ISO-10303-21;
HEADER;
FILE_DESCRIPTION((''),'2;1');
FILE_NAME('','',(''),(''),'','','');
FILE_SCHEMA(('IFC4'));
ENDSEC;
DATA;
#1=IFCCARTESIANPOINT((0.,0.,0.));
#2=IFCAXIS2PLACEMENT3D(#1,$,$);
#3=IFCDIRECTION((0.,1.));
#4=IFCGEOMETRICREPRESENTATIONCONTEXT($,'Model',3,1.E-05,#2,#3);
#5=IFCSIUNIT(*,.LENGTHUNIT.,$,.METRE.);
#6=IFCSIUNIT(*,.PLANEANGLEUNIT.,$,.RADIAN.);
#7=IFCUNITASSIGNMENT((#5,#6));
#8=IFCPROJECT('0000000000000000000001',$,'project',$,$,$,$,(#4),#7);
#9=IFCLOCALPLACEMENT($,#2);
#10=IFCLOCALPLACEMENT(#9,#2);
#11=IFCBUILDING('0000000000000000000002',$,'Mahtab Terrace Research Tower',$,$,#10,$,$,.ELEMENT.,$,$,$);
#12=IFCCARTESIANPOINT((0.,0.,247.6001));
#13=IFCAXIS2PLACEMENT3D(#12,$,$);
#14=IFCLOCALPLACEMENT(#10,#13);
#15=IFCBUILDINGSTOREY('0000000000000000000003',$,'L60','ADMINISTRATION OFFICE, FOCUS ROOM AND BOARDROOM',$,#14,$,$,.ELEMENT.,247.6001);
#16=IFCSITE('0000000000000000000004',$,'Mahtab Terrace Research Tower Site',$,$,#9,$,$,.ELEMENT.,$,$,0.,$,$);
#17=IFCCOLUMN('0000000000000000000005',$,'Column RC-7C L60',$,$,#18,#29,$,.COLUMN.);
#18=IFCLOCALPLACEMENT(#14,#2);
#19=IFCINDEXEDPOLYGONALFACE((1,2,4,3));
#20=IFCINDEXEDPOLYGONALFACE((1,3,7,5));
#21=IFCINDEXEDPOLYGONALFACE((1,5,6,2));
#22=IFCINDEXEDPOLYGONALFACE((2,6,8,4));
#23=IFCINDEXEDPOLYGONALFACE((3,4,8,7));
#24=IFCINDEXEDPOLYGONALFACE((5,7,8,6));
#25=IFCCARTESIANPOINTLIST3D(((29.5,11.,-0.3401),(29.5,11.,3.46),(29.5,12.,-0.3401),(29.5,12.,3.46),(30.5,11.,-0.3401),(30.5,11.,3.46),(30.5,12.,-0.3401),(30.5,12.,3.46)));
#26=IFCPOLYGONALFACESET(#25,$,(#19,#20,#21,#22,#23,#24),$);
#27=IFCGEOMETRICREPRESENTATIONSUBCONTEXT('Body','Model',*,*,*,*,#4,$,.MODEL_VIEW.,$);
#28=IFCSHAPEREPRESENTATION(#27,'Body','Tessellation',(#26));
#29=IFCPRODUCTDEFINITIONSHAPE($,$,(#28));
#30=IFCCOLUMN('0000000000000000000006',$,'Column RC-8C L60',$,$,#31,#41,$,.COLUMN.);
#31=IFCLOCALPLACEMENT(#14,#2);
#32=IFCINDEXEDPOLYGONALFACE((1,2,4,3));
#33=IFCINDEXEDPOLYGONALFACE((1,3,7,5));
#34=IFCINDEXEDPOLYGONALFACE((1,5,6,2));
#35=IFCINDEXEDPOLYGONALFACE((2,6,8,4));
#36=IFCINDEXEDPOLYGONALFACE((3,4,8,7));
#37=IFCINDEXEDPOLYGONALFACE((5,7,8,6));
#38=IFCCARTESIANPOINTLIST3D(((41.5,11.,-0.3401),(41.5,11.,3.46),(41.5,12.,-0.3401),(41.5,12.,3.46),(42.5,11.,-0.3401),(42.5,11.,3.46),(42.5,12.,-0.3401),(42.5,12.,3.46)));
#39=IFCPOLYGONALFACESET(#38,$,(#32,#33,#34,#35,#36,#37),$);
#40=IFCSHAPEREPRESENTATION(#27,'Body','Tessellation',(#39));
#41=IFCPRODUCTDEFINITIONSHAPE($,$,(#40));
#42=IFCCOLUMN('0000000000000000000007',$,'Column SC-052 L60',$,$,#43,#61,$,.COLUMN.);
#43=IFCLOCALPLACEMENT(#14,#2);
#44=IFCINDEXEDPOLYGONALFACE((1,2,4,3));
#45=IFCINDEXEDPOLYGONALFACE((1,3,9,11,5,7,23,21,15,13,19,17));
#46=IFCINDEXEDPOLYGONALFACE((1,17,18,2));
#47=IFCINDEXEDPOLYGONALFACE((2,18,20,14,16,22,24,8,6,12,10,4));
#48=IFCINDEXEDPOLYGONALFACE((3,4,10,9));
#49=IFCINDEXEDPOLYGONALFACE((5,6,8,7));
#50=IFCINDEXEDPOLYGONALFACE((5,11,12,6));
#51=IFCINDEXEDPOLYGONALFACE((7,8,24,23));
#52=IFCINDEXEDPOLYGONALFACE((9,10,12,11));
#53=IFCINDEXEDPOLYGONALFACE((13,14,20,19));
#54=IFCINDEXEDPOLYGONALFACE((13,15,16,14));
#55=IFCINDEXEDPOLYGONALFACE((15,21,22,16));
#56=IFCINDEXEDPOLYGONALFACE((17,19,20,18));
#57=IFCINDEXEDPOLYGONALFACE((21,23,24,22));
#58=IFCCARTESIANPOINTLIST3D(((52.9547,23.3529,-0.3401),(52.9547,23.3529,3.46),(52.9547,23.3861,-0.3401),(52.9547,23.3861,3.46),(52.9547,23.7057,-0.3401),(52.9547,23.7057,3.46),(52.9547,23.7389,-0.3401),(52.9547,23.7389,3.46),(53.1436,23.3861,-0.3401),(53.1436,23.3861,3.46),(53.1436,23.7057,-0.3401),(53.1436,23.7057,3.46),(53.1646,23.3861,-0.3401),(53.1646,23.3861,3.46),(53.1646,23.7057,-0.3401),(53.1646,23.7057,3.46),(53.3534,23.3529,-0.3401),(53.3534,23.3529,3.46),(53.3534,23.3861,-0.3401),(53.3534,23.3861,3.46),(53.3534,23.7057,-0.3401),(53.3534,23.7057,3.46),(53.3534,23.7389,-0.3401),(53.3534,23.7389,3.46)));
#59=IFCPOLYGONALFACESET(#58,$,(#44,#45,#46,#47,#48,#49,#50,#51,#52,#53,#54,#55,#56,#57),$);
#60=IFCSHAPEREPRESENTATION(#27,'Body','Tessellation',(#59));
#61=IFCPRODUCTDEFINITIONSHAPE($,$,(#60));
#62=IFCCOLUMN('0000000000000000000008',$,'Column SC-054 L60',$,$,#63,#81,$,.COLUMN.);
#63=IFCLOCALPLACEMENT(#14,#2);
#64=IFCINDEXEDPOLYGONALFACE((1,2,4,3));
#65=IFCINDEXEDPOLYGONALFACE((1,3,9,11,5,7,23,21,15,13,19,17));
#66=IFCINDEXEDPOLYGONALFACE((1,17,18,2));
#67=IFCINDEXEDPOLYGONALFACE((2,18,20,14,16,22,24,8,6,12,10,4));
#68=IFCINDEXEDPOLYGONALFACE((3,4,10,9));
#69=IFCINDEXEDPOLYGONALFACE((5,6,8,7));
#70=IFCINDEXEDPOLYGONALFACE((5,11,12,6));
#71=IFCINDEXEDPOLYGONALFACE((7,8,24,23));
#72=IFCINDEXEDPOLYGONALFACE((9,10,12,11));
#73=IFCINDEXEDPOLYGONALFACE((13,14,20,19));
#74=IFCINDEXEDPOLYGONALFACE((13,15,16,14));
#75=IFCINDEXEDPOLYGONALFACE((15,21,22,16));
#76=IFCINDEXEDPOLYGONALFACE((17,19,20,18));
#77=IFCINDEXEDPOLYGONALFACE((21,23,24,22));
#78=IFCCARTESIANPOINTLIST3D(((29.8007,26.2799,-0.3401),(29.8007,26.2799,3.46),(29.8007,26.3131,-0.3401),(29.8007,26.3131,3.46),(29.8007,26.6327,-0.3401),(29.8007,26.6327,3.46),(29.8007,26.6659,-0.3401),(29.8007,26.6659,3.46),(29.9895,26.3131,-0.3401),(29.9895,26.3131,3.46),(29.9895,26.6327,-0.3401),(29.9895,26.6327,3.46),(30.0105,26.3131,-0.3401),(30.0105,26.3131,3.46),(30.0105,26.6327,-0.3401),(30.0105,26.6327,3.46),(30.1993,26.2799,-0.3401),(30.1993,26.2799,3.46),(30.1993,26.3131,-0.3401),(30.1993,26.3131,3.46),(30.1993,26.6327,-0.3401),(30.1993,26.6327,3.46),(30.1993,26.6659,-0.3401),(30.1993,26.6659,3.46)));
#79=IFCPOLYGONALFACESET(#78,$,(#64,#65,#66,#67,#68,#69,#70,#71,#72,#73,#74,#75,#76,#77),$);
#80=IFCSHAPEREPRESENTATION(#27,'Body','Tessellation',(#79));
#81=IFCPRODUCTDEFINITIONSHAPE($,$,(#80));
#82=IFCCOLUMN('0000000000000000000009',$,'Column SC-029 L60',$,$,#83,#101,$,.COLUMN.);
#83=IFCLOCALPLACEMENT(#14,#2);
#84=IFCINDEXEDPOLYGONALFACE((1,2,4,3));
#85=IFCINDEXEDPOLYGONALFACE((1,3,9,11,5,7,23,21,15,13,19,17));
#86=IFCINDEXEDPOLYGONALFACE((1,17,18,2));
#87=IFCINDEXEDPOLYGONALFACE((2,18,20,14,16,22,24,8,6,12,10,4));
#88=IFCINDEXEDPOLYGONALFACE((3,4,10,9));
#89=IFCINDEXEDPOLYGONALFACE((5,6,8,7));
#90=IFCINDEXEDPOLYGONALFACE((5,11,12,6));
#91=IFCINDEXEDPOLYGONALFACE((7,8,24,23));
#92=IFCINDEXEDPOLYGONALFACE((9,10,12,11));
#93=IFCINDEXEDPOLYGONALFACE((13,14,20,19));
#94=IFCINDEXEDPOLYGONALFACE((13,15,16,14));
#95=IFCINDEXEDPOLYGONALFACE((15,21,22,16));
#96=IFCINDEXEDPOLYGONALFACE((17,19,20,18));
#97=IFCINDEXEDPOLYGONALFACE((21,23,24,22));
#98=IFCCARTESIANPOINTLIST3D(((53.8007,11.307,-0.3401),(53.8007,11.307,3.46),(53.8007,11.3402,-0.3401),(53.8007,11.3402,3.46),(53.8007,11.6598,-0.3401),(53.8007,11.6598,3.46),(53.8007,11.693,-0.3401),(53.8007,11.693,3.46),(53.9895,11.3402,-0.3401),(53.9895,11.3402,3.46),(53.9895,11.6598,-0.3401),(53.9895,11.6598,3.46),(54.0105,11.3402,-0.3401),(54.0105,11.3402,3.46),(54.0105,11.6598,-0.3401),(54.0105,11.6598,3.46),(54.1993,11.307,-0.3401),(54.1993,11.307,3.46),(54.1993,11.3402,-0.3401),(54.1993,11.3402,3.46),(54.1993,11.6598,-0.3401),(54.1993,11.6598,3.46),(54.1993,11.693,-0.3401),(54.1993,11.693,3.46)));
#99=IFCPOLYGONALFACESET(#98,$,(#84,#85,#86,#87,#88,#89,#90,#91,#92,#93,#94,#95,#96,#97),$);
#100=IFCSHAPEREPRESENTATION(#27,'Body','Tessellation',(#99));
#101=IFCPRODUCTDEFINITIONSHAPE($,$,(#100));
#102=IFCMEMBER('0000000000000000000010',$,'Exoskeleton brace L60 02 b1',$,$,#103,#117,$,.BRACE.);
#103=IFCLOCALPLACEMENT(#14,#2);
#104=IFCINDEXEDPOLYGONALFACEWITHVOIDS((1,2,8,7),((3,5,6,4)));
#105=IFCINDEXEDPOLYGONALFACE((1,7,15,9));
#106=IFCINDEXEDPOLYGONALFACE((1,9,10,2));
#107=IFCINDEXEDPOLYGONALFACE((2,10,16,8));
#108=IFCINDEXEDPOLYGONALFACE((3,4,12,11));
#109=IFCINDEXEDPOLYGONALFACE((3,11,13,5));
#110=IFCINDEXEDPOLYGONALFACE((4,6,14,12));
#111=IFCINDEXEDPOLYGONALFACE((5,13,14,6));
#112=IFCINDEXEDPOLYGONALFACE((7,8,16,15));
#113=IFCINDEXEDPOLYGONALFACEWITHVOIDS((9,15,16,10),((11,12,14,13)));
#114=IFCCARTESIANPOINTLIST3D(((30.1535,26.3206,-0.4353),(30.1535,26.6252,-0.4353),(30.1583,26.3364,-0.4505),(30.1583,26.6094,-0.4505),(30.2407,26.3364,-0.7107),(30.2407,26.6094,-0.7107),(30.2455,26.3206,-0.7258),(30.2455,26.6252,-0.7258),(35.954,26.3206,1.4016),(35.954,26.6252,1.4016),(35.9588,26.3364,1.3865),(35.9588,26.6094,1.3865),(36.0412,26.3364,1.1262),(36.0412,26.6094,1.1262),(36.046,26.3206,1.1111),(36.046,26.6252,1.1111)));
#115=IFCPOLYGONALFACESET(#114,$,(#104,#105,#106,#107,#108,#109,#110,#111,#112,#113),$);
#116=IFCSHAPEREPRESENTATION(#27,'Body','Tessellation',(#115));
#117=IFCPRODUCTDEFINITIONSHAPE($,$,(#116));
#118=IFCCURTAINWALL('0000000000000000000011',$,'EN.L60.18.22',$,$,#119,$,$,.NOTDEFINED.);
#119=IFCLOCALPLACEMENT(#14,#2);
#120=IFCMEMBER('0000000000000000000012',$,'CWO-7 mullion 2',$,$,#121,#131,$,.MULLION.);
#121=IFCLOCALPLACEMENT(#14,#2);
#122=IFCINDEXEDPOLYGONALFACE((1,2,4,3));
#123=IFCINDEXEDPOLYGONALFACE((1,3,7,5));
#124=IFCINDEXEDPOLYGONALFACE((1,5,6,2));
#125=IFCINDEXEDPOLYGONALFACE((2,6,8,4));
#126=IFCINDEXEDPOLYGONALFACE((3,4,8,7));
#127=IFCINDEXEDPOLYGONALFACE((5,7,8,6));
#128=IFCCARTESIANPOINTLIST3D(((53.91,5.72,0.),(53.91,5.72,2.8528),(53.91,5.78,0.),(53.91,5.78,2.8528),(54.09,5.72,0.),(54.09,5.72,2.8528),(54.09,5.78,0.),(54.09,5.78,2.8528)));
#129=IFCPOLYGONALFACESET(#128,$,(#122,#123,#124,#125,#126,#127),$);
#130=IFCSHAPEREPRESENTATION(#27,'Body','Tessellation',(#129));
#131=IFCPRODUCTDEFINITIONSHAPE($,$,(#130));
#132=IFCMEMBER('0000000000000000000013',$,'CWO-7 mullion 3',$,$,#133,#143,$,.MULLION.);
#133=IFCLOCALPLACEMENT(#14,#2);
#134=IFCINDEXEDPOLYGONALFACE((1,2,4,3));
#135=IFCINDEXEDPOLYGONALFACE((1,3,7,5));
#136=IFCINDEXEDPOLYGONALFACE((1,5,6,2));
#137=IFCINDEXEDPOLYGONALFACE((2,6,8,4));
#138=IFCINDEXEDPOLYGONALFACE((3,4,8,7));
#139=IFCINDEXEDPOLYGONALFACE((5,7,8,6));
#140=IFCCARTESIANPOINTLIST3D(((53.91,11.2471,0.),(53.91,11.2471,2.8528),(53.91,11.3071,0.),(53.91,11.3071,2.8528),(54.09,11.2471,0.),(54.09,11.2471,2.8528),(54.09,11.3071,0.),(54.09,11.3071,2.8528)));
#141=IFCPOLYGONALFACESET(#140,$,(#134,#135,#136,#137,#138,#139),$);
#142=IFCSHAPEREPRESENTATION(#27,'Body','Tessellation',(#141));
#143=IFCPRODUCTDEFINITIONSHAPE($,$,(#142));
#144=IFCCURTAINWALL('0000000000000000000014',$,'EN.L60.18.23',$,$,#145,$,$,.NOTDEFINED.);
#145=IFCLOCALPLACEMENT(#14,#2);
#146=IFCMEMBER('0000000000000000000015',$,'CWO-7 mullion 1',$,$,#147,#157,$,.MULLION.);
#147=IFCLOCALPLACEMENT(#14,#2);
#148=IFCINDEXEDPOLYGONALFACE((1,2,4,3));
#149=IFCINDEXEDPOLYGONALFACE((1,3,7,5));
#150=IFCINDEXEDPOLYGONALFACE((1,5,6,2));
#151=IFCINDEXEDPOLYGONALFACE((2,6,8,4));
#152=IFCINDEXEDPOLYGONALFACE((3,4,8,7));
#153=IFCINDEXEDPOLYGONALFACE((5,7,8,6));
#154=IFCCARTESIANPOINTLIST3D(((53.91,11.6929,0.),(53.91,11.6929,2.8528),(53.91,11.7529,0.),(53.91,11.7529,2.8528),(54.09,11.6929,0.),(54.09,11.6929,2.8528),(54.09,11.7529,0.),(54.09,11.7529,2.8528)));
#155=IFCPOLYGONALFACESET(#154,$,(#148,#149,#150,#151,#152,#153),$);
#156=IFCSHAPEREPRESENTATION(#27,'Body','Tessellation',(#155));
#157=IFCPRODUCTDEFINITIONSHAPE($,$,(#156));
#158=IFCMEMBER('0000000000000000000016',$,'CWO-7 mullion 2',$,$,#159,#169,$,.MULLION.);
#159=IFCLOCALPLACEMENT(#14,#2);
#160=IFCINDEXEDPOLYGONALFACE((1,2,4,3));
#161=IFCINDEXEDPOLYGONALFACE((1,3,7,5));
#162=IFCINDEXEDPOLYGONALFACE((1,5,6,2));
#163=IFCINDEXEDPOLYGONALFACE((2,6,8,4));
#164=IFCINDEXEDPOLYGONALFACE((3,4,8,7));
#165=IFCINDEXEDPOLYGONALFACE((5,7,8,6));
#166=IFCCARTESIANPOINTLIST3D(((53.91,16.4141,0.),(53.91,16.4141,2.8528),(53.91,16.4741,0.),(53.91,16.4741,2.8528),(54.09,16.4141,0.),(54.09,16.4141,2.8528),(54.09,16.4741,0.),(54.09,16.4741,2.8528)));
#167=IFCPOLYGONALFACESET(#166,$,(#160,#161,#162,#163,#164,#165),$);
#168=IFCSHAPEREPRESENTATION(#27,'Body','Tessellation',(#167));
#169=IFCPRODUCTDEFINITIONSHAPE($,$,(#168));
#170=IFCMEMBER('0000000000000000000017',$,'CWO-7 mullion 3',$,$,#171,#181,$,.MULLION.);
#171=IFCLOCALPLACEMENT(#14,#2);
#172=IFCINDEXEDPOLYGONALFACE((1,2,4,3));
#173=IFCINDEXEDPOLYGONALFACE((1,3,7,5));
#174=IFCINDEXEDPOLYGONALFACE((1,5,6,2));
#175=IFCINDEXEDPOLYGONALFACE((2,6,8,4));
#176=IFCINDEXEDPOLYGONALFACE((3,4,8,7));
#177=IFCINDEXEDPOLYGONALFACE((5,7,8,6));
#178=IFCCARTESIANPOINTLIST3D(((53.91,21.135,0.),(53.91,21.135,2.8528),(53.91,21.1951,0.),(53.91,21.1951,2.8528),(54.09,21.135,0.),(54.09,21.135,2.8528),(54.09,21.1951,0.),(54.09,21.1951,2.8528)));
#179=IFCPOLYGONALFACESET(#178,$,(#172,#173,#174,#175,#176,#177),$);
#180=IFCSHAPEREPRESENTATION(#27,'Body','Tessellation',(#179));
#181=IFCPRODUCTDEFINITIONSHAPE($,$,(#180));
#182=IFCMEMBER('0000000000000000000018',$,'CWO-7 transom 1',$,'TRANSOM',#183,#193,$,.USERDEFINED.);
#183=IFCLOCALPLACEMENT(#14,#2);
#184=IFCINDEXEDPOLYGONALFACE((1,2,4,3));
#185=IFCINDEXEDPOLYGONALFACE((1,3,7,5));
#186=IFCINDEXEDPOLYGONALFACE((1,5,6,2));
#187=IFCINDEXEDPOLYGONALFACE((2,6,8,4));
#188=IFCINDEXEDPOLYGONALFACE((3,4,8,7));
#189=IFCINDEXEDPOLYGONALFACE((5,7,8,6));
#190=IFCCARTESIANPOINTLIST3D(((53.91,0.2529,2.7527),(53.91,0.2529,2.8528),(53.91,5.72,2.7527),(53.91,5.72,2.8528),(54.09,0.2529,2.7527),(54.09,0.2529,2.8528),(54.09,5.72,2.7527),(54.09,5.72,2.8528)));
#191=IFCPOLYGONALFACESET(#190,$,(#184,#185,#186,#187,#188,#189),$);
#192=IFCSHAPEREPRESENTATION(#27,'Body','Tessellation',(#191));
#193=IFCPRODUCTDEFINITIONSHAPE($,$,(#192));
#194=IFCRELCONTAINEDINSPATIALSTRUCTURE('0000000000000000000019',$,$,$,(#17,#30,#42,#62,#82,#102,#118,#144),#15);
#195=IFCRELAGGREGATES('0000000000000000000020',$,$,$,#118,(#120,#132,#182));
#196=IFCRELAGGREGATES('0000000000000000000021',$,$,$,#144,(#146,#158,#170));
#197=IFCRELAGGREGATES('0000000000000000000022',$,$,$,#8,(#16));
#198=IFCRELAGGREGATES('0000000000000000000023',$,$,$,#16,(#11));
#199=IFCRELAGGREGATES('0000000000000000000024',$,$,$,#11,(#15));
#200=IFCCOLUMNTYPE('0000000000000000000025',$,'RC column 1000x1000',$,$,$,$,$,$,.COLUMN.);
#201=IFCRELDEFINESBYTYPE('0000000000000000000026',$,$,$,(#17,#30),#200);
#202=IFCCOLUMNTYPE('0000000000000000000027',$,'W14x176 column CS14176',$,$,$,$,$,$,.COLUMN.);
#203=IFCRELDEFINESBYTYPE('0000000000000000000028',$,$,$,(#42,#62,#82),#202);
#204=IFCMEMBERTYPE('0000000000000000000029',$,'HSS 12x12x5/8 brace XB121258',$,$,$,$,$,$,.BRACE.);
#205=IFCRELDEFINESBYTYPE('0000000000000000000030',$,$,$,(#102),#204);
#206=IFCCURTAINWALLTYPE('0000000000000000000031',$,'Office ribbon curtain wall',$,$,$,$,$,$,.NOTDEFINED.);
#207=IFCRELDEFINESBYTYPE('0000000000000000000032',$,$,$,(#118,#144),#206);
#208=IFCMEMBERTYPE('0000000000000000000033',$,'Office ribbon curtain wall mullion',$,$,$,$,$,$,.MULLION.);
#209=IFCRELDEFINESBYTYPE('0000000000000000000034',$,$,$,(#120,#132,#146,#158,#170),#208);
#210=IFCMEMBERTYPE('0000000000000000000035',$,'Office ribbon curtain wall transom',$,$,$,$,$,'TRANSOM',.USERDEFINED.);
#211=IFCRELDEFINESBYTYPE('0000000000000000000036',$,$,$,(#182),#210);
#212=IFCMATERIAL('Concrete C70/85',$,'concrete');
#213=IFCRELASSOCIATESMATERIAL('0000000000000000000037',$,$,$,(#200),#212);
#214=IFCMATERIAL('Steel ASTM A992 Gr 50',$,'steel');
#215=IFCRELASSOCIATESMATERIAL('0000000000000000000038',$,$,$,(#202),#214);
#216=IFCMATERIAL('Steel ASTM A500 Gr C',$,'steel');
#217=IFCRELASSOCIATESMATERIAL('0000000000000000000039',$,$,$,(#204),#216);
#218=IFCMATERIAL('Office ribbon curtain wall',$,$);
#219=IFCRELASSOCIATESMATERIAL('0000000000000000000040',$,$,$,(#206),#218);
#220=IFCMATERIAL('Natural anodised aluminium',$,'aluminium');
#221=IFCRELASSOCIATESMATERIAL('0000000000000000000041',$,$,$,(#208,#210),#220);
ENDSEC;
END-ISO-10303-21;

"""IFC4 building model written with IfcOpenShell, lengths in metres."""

from ifc_helpers import new_model, si_unit, direction, frame, origin, origin_2d, place, context, subcontext, project, spatial, rectangle, hollow_rectangle, i_section, extrude, material, material_profile, profile_set, type_object, element, aggregate, save


model = new_model("IFC4")

# Units and contexts
model_context = context("Model", 3, precision=1e-05, world=origin(), true_north=direction((0.0, 1.0)))
body_context = subcontext(model_context, "Body", "Model", "MODEL_VIEW")
ifc_project = project(units=[si_unit("LENGTHUNIT", "METRE"), si_unit("PLANEANGLEUNIT", "RADIAN")], contexts=[model_context])

# Site, building, storey
site_placement = place(None, origin())
site = spatial("IfcSite", under=ifc_project, at=site_placement, Name="Mahtab Terrace Research Tower Site", CompositionType="ELEMENT", RefElevation=0.0)
building_placement = place(site_placement, origin())
building = spatial("IfcBuilding", under=site, at=building_placement, Name="Mahtab Terrace Research Tower", CompositionType="ELEMENT")
storey_placement = place(building_placement, frame((0.0, 0.0, 247.6001)))
storey = spatial("IfcBuildingStorey", under=building, at=storey_placement, Name="L60", Description="ADMINISTRATION OFFICE, FOCUS ROOM AND BOARDROOM", CompositionType="ELEMENT", Elevation=247.6001)

# Columns
ifc_material_1 = material(Name="Concrete C70/85", Category="concrete")
ifc_material_profile_1 = material_profile(ifc_material_1, rectangle(XDim=1.0, YDim=1.0, at=origin_2d()), Name="RC column 1000x1000")
ifc_profile_set_1 = profile_set([ifc_material_profile_1], Name="Concrete C70/85")
column_type_1 = type_object("IfcColumnType", Name="RC column 1000x1000", PredefinedType="COLUMN", material=ifc_profile_set_1)
for number, where, z_axis, x_axis, name in (
    (1, (30.0, 11.5, -0.3401), (0.0, 0.0, 1.0), (1.0, 0.0, 0.0), "Column RC-7C L60"),
    (2, (42.0, 11.5, -0.3401), (0.0, 0.0, 1.0), (1.0, 0.0, 0.0), "Column RC-8C L60"),
):
    element("IfcColumn", number, at=place(storey_placement, frame(where, z_axis=z_axis, x_axis=x_axis)), inside=storey, type_object=column_type_1, Name=name, PredefinedType="COLUMN", context=body_context, shape_type="SweptSolid", body=[
        extrude(rectangle(XDim=1.0, YDim=1.0, at=origin_2d()), origin(), (0.0, 0.0, 1.0), 3.8),
    ])
ifc_material_2 = material(Name="Steel ASTM A992 Gr 50", Category="steel")
ifc_material_profile_2 = material_profile(ifc_material_2, i_section(OverallWidth=0.3987, OverallDepth=0.386, WebThickness=0.021, FlangeThickness=0.0332, at=origin_2d()), Name="W14X176")
ifc_profile_set_2 = profile_set([ifc_material_profile_2], Name="Steel ASTM A992 Gr 50")
column_type_2 = type_object("IfcColumnType", Name="W14x176 column CS14176", PredefinedType="COLUMN", material=ifc_profile_set_2)
for number, where, z_axis, x_axis, name in (
    (3, (53.1541, 23.5459, -0.3401), (0.0, 0.0, 1.0), (1.0, 0.0, 0.0), "Column SC-052 L60"),
    (4, (30.0, 26.4729, -0.3401), (0.0, 0.0, 1.0), (1.0, 0.0, 0.0), "Column SC-054 L60"),
    (5, (54.0, 11.5, -0.3401), (0.0, 0.0, 1.0), (1.0, 0.0, 0.0), "Column SC-029 L60"),
):
    element("IfcColumn", number, at=place(storey_placement, frame(where, z_axis=z_axis, x_axis=x_axis)), inside=storey, type_object=column_type_2, Name=name, PredefinedType="COLUMN", context=body_context, shape_type="SweptSolid", body=[
        extrude(i_section(OverallWidth=0.3987, OverallDepth=0.386, WebThickness=0.021, FlangeThickness=0.0332, at=origin_2d()), origin(), (0.0, 0.0, 1.0), 3.8),
    ])

# Member
ifc_material_3 = material(Name="Steel ASTM A500 Gr C", Category="steel")
ifc_material_profile_3 = material_profile(ifc_material_3, hollow_rectangle(XDim=0.3047, YDim=0.3047, WallThickness=0.0159, at=origin_2d()), Name="HSS12X12X5/8")
ifc_profile_set_3 = profile_set([ifc_material_profile_3], Name="Steel ASTM A500 Gr C")
member_type_1 = type_object("IfcMemberType", Name="HSS 12x12x5/8 brace XB121258", PredefinedType="BRACE", material=ifc_profile_set_3)
member_1_placement = place(storey_placement, frame((30.1995, 26.4729, -0.5806), z_axis=(0.953339, 0.0, 0.301903), x_axis=(0.0, 1.0, 0.0)))
element("IfcMember", 6, at=member_1_placement, inside=storey, type_object=member_type_1, Name="Exoskeleton brace L60 02 b1", PredefinedType="BRACE", context=body_context, shape_type="SweptSolid", body=[
    extrude(hollow_rectangle(XDim=0.3047, YDim=0.3047, WallThickness=0.0159, at=origin_2d()), origin(), (0.0, 0.0, 1.0), 6.0845),
])

# Curtain walls, members
ifc_material_4 = material(Name="Office ribbon curtain wall")
curtain_wall_type = type_object("IfcCurtainWallType", Name="Office ribbon curtain wall", PredefinedType="NOTDEFINED", material=ifc_material_4)
curtain_wall_1_placement = place(storey_placement, origin())
curtain_wall_1 = element("IfcCurtainWall", 7, at=curtain_wall_1_placement, inside=storey, type_object=curtain_wall_type, Name="EN.L60.18.22", PredefinedType="NOTDEFINED")
ifc_material_5 = material(Name="Natural anodised aluminium", Category="aluminium")
ifc_material_profile_4 = material_profile(ifc_material_5, rectangle(XDim=0.1799, YDim=0.0601, at=origin_2d()), Name="MULLION 60x180")
ifc_profile_set_4 = profile_set([ifc_material_profile_4], Name="Natural anodised aluminium")
member_type_2 = type_object("IfcMemberType", Name="Office ribbon curtain wall mullion", PredefinedType="MULLION", material=ifc_profile_set_4)
member_2_placement = place(storey_placement, frame((54.0, 5.75, 0.0), z_axis=(0.0, 0.0, 1.0), x_axis=(-1.0, 0.0, 0.0)))
member_2 = element("IfcMember", 8, at=member_2_placement, type_object=member_type_2, Name="CWO-7 mullion 2", PredefinedType="MULLION", context=body_context, shape_type="SweptSolid", body=[
    extrude(rectangle(XDim=0.1799, YDim=0.0601, at=origin_2d()), origin(), (0.0, 0.0, 1.0), 2.8528),
])
member_3_placement = place(storey_placement, frame((54.0, 11.2771, 0.0), z_axis=(0.0, 0.0, 1.0), x_axis=(-1.0, 0.0, 0.0)))
member_3 = element("IfcMember", 9, at=member_3_placement, type_object=member_type_2, Name="CWO-7 mullion 3", PredefinedType="MULLION", context=body_context, shape_type="SweptSolid", body=[
    extrude(rectangle(XDim=0.1799, YDim=0.0601, at=origin_2d()), origin(), (0.0, 0.0, 1.0), 2.8528),
])
curtain_wall_2_placement = place(storey_placement, origin())
curtain_wall_2 = element("IfcCurtainWall", 10, at=curtain_wall_2_placement, inside=storey, type_object=curtain_wall_type, Name="EN.L60.18.23", PredefinedType="NOTDEFINED")
member_4_placement = place(storey_placement, frame((54.0, 11.7229, 0.0), z_axis=(0.0, 0.0, 1.0), x_axis=(-1.0, 0.0, 0.0)))
member_4 = element("IfcMember", 11, at=member_4_placement, type_object=member_type_2, Name="CWO-7 mullion 1", PredefinedType="MULLION", context=body_context, shape_type="SweptSolid", body=[
    extrude(rectangle(XDim=0.1799, YDim=0.0601, at=origin_2d()), origin(), (0.0, 0.0, 1.0), 2.8528),
])
member_5_placement = place(storey_placement, frame((54.0, 16.4441, 0.0), z_axis=(0.0, 0.0, 1.0), x_axis=(-1.0, 0.0, 0.0)))
member_5 = element("IfcMember", 12, at=member_5_placement, type_object=member_type_2, Name="CWO-7 mullion 2", PredefinedType="MULLION", context=body_context, shape_type="SweptSolid", body=[
    extrude(rectangle(XDim=0.1799, YDim=0.0601, at=origin_2d()), origin(), (0.0, 0.0, 1.0), 2.8528),
])
member_6_placement = place(storey_placement, frame((54.0, 21.165, 0.0), z_axis=(0.0, 0.0, 1.0), x_axis=(-1.0, 0.0, 0.0)))
member_6 = element("IfcMember", 13, at=member_6_placement, type_object=member_type_2, Name="CWO-7 mullion 3", PredefinedType="MULLION", context=body_context, shape_type="SweptSolid", body=[
    extrude(rectangle(XDim=0.1799, YDim=0.0601, at=origin_2d()), origin(), (0.0, 0.0, 1.0), 2.8528),
])

# Member
ifc_material_profile_5 = material_profile(ifc_material_5, rectangle(XDim=0.1799, YDim=0.1001, at=origin_2d()), Name="TRANSOM 100x180")
ifc_profile_set_5 = profile_set([ifc_material_profile_5], Name="Natural anodised aluminium")
member_type_3 = type_object("IfcMemberType", Name="Office ribbon curtain wall transom", ElementType="TRANSOM", PredefinedType="USERDEFINED", material=ifc_profile_set_5)
member_7_placement = place(storey_placement, frame((54.0, 0.2529, 2.8027), z_axis=(0.0, 1.0, 0.0), x_axis=(-1.0, 0.0, 0.0)))
member_7 = element("IfcMember", 14, at=member_7_placement, type_object=member_type_3, Name="CWO-7 transom 1", ObjectType="TRANSOM", PredefinedType="USERDEFINED", context=body_context, shape_type="SweptSolid", body=[
    extrude(rectangle(XDim=0.1799, YDim=0.1001, at=origin_2d()), origin(), (0.0, 0.0, 1.0), 5.467),
])

aggregate(curtain_wall_1, [member_2, member_3, member_7])
aggregate(curtain_wall_2, [member_4, member_5, member_6])

save(model, "model.ifc")
